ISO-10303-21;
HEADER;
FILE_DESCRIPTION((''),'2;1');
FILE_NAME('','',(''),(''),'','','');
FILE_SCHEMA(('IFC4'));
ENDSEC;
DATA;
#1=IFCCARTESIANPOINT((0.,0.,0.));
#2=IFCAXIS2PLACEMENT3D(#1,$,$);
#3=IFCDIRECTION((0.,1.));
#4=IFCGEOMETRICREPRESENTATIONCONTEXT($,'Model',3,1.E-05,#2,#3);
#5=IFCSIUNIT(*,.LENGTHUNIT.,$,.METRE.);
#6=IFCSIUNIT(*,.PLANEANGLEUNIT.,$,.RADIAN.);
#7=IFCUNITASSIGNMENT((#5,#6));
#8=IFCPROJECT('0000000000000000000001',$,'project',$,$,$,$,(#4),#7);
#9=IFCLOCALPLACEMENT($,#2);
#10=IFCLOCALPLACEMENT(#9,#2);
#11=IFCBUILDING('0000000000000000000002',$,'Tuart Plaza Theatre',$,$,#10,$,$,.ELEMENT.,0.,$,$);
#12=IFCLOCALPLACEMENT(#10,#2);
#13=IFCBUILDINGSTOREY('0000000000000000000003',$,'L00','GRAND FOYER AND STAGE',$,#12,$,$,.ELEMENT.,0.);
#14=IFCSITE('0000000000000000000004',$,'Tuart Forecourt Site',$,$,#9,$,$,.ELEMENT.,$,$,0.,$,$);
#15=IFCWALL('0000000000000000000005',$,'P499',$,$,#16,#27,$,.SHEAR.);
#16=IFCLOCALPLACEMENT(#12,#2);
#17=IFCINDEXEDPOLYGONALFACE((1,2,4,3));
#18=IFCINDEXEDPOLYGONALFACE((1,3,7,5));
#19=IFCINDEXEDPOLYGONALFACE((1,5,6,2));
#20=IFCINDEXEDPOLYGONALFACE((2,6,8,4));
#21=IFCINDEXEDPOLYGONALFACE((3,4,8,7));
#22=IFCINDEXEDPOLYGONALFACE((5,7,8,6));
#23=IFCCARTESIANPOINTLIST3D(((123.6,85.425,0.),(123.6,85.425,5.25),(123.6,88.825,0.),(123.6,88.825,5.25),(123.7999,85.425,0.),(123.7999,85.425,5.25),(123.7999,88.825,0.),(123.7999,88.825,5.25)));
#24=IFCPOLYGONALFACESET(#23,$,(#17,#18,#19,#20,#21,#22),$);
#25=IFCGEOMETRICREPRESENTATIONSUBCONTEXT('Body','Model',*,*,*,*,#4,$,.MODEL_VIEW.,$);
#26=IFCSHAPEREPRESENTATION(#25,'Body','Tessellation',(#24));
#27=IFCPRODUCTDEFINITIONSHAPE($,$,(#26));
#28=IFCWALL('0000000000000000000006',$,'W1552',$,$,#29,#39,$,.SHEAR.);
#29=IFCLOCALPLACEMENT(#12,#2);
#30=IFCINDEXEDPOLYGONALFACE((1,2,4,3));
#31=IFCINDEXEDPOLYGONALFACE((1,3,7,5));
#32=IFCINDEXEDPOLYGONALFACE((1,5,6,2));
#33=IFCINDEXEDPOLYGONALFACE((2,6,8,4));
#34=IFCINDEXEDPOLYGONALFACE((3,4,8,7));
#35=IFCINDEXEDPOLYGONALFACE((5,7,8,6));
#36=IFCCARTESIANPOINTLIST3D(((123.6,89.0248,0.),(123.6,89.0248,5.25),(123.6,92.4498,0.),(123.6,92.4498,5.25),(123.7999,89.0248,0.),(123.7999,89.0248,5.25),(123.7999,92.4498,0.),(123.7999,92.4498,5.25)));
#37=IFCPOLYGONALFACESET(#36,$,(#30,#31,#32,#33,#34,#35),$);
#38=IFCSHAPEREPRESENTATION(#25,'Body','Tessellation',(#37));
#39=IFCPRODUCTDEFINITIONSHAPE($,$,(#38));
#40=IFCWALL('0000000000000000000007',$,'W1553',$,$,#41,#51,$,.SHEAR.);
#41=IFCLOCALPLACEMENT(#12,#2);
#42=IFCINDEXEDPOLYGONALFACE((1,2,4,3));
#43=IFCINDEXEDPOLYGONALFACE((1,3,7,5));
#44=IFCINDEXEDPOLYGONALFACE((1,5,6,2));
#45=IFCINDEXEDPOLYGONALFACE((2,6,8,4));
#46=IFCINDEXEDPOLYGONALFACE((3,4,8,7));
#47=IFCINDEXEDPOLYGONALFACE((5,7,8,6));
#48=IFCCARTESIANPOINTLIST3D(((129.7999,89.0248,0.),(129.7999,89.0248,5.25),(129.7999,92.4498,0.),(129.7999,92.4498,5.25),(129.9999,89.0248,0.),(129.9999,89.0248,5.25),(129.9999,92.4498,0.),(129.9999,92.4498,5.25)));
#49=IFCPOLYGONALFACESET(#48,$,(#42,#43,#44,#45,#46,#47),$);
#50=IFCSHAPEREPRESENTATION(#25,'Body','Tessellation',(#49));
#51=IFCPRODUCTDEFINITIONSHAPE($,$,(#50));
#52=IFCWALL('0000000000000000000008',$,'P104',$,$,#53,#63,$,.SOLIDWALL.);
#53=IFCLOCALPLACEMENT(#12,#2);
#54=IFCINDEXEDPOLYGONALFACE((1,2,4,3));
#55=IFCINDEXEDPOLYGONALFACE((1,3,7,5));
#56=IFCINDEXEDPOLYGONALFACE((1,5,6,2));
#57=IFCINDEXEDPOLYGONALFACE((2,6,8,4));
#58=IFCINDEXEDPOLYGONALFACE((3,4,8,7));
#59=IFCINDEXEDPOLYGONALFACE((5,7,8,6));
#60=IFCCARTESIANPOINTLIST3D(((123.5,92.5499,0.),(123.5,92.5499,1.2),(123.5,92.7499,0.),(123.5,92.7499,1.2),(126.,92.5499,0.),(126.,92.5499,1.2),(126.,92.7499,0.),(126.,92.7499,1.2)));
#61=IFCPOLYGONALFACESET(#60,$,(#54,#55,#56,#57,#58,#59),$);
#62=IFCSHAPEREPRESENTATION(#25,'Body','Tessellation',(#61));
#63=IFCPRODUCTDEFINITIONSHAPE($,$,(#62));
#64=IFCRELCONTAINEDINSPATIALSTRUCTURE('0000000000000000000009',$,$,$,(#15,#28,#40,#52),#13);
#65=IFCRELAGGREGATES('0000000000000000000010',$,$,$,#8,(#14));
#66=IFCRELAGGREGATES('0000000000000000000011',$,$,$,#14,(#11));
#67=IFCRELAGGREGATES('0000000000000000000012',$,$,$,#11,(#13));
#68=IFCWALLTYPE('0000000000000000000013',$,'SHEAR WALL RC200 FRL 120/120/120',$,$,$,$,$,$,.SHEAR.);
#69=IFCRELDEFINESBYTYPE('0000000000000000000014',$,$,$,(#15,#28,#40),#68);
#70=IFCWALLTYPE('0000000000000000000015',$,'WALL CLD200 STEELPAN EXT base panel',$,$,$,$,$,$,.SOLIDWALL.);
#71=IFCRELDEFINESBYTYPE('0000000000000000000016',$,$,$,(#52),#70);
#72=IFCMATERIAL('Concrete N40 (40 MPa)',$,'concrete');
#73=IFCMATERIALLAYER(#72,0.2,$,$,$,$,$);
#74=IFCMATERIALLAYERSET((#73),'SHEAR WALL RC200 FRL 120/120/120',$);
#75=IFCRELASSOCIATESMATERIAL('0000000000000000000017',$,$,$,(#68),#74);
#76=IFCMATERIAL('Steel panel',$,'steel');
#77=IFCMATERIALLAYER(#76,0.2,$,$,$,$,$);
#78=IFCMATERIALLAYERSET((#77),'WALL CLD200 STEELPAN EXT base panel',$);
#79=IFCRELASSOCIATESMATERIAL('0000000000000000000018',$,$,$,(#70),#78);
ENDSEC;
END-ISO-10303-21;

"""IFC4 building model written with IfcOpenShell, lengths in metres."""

from ifc_helpers import new_model, si_unit, direction, frame, frame_2d, origin, place, context, subcontext, project, spatial, rectangle, extrude, material, layer, layer_set, type_object, element, save


model = new_model("IFC4")

# Units and contexts
model_context = context("Model", 3, precision=1e-05, world=origin(), true_north=direction((0.0, 1.0)))
body_context = subcontext(model_context, "Body", "Model", "MODEL_VIEW")
ifc_project = project(units=[si_unit("LENGTHUNIT", "METRE"), si_unit("PLANEANGLEUNIT", "RADIAN")], contexts=[model_context])

# Site, building, storey
site_placement = place(None, origin())
site = spatial("IfcSite", under=ifc_project, at=site_placement, Name="Tuart Forecourt Site", CompositionType="ELEMENT", RefElevation=0.0)
building_placement = place(site_placement, origin())
building = spatial("IfcBuilding", under=site, at=building_placement, Name="Tuart Plaza Theatre", CompositionType="ELEMENT", ElevationOfRefHeight=0.0)
storey_placement = place(building_placement, origin())
storey = spatial("IfcBuildingStorey", under=building, at=storey_placement, Name="L00", Description="GRAND FOYER AND STAGE", CompositionType="ELEMENT", Elevation=0.0)

# Shared definitions
ifc_material_1 = material(Name="Concrete N40 (40 MPa)", Category="concrete")
ifc_layer_1 = layer(ifc_material_1, 0.2)
ifc_layer_set_1 = layer_set([ifc_layer_1], Name="SHEAR WALL RC200 FRL 120/120/120")
wall_type_1 = type_object("IfcWallType", Name="SHEAR WALL RC200 FRL 120/120/120", PredefinedType="SHEAR", material=ifc_layer_set_1)

# Walls
wall_1_placement = place(storey_placement, frame((123.7, 88.825, 0.0), z_axis=(0.0, 0.0, 1.0), x_axis=(0.0, -1.0, 0.0)))
element("IfcWall", 1, at=wall_1_placement, inside=storey, type_object=wall_type_1, Name="P499", PredefinedType="SHEAR", context=body_context, shape_type="SweptSolid", body=[
    extrude(rectangle(XDim=3.3999, YDim=0.2, at=frame_2d((1.7, 0.0))), origin(), (0.0, 0.0, 1.0), 5.25),
])
for number, where, z_axis, x_axis, name in (
    (2, (123.7, 89.0249, 0.0), (0.0, 0.0, 1.0), (0.0, 1.0, 0.0), "W1552"),
    (3, (129.8999, 89.0249, 0.0), (0.0, 0.0, 1.0), (0.0, 1.0, 0.0), "W1553"),
):
    element("IfcWall", number, at=place(storey_placement, frame(where, z_axis=z_axis, x_axis=x_axis)), inside=storey, type_object=wall_type_1, Name=name, PredefinedType="SHEAR", context=body_context, shape_type="SweptSolid", body=[
        extrude(rectangle(XDim=3.425, YDim=0.2, at=frame_2d((1.7124, 0.0))), origin(), (0.0, 0.0, 1.0), 5.25),
    ])
ifc_material_2 = material(Name="Steel panel", Category="steel")
ifc_layer_2 = layer(ifc_material_2, 0.2)
ifc_layer_set_2 = layer_set([ifc_layer_2], Name="WALL CLD200 STEELPAN EXT base panel")
wall_type_2 = type_object("IfcWallType", Name="WALL CLD200 STEELPAN EXT base panel", PredefinedType="SOLIDWALL", material=ifc_layer_set_2)
wall_2_placement = place(storey_placement, frame((126.0, 92.6499, 0.0), z_axis=(0.0, 0.0, 1.0), x_axis=(-1.0, 0.0, 0.0)))
element("IfcWall", 4, at=wall_2_placement, inside=storey, type_object=wall_type_2, Name="P104", PredefinedType="SOLIDWALL", context=body_context, shape_type="SweptSolid", body=[
    extrude(rectangle(XDim=2.5, YDim=0.2, at=frame_2d((1.25, 0.0))), origin(), (0.0, 0.0, 1.0), 1.2),
])

save(model, "model.ifc")
